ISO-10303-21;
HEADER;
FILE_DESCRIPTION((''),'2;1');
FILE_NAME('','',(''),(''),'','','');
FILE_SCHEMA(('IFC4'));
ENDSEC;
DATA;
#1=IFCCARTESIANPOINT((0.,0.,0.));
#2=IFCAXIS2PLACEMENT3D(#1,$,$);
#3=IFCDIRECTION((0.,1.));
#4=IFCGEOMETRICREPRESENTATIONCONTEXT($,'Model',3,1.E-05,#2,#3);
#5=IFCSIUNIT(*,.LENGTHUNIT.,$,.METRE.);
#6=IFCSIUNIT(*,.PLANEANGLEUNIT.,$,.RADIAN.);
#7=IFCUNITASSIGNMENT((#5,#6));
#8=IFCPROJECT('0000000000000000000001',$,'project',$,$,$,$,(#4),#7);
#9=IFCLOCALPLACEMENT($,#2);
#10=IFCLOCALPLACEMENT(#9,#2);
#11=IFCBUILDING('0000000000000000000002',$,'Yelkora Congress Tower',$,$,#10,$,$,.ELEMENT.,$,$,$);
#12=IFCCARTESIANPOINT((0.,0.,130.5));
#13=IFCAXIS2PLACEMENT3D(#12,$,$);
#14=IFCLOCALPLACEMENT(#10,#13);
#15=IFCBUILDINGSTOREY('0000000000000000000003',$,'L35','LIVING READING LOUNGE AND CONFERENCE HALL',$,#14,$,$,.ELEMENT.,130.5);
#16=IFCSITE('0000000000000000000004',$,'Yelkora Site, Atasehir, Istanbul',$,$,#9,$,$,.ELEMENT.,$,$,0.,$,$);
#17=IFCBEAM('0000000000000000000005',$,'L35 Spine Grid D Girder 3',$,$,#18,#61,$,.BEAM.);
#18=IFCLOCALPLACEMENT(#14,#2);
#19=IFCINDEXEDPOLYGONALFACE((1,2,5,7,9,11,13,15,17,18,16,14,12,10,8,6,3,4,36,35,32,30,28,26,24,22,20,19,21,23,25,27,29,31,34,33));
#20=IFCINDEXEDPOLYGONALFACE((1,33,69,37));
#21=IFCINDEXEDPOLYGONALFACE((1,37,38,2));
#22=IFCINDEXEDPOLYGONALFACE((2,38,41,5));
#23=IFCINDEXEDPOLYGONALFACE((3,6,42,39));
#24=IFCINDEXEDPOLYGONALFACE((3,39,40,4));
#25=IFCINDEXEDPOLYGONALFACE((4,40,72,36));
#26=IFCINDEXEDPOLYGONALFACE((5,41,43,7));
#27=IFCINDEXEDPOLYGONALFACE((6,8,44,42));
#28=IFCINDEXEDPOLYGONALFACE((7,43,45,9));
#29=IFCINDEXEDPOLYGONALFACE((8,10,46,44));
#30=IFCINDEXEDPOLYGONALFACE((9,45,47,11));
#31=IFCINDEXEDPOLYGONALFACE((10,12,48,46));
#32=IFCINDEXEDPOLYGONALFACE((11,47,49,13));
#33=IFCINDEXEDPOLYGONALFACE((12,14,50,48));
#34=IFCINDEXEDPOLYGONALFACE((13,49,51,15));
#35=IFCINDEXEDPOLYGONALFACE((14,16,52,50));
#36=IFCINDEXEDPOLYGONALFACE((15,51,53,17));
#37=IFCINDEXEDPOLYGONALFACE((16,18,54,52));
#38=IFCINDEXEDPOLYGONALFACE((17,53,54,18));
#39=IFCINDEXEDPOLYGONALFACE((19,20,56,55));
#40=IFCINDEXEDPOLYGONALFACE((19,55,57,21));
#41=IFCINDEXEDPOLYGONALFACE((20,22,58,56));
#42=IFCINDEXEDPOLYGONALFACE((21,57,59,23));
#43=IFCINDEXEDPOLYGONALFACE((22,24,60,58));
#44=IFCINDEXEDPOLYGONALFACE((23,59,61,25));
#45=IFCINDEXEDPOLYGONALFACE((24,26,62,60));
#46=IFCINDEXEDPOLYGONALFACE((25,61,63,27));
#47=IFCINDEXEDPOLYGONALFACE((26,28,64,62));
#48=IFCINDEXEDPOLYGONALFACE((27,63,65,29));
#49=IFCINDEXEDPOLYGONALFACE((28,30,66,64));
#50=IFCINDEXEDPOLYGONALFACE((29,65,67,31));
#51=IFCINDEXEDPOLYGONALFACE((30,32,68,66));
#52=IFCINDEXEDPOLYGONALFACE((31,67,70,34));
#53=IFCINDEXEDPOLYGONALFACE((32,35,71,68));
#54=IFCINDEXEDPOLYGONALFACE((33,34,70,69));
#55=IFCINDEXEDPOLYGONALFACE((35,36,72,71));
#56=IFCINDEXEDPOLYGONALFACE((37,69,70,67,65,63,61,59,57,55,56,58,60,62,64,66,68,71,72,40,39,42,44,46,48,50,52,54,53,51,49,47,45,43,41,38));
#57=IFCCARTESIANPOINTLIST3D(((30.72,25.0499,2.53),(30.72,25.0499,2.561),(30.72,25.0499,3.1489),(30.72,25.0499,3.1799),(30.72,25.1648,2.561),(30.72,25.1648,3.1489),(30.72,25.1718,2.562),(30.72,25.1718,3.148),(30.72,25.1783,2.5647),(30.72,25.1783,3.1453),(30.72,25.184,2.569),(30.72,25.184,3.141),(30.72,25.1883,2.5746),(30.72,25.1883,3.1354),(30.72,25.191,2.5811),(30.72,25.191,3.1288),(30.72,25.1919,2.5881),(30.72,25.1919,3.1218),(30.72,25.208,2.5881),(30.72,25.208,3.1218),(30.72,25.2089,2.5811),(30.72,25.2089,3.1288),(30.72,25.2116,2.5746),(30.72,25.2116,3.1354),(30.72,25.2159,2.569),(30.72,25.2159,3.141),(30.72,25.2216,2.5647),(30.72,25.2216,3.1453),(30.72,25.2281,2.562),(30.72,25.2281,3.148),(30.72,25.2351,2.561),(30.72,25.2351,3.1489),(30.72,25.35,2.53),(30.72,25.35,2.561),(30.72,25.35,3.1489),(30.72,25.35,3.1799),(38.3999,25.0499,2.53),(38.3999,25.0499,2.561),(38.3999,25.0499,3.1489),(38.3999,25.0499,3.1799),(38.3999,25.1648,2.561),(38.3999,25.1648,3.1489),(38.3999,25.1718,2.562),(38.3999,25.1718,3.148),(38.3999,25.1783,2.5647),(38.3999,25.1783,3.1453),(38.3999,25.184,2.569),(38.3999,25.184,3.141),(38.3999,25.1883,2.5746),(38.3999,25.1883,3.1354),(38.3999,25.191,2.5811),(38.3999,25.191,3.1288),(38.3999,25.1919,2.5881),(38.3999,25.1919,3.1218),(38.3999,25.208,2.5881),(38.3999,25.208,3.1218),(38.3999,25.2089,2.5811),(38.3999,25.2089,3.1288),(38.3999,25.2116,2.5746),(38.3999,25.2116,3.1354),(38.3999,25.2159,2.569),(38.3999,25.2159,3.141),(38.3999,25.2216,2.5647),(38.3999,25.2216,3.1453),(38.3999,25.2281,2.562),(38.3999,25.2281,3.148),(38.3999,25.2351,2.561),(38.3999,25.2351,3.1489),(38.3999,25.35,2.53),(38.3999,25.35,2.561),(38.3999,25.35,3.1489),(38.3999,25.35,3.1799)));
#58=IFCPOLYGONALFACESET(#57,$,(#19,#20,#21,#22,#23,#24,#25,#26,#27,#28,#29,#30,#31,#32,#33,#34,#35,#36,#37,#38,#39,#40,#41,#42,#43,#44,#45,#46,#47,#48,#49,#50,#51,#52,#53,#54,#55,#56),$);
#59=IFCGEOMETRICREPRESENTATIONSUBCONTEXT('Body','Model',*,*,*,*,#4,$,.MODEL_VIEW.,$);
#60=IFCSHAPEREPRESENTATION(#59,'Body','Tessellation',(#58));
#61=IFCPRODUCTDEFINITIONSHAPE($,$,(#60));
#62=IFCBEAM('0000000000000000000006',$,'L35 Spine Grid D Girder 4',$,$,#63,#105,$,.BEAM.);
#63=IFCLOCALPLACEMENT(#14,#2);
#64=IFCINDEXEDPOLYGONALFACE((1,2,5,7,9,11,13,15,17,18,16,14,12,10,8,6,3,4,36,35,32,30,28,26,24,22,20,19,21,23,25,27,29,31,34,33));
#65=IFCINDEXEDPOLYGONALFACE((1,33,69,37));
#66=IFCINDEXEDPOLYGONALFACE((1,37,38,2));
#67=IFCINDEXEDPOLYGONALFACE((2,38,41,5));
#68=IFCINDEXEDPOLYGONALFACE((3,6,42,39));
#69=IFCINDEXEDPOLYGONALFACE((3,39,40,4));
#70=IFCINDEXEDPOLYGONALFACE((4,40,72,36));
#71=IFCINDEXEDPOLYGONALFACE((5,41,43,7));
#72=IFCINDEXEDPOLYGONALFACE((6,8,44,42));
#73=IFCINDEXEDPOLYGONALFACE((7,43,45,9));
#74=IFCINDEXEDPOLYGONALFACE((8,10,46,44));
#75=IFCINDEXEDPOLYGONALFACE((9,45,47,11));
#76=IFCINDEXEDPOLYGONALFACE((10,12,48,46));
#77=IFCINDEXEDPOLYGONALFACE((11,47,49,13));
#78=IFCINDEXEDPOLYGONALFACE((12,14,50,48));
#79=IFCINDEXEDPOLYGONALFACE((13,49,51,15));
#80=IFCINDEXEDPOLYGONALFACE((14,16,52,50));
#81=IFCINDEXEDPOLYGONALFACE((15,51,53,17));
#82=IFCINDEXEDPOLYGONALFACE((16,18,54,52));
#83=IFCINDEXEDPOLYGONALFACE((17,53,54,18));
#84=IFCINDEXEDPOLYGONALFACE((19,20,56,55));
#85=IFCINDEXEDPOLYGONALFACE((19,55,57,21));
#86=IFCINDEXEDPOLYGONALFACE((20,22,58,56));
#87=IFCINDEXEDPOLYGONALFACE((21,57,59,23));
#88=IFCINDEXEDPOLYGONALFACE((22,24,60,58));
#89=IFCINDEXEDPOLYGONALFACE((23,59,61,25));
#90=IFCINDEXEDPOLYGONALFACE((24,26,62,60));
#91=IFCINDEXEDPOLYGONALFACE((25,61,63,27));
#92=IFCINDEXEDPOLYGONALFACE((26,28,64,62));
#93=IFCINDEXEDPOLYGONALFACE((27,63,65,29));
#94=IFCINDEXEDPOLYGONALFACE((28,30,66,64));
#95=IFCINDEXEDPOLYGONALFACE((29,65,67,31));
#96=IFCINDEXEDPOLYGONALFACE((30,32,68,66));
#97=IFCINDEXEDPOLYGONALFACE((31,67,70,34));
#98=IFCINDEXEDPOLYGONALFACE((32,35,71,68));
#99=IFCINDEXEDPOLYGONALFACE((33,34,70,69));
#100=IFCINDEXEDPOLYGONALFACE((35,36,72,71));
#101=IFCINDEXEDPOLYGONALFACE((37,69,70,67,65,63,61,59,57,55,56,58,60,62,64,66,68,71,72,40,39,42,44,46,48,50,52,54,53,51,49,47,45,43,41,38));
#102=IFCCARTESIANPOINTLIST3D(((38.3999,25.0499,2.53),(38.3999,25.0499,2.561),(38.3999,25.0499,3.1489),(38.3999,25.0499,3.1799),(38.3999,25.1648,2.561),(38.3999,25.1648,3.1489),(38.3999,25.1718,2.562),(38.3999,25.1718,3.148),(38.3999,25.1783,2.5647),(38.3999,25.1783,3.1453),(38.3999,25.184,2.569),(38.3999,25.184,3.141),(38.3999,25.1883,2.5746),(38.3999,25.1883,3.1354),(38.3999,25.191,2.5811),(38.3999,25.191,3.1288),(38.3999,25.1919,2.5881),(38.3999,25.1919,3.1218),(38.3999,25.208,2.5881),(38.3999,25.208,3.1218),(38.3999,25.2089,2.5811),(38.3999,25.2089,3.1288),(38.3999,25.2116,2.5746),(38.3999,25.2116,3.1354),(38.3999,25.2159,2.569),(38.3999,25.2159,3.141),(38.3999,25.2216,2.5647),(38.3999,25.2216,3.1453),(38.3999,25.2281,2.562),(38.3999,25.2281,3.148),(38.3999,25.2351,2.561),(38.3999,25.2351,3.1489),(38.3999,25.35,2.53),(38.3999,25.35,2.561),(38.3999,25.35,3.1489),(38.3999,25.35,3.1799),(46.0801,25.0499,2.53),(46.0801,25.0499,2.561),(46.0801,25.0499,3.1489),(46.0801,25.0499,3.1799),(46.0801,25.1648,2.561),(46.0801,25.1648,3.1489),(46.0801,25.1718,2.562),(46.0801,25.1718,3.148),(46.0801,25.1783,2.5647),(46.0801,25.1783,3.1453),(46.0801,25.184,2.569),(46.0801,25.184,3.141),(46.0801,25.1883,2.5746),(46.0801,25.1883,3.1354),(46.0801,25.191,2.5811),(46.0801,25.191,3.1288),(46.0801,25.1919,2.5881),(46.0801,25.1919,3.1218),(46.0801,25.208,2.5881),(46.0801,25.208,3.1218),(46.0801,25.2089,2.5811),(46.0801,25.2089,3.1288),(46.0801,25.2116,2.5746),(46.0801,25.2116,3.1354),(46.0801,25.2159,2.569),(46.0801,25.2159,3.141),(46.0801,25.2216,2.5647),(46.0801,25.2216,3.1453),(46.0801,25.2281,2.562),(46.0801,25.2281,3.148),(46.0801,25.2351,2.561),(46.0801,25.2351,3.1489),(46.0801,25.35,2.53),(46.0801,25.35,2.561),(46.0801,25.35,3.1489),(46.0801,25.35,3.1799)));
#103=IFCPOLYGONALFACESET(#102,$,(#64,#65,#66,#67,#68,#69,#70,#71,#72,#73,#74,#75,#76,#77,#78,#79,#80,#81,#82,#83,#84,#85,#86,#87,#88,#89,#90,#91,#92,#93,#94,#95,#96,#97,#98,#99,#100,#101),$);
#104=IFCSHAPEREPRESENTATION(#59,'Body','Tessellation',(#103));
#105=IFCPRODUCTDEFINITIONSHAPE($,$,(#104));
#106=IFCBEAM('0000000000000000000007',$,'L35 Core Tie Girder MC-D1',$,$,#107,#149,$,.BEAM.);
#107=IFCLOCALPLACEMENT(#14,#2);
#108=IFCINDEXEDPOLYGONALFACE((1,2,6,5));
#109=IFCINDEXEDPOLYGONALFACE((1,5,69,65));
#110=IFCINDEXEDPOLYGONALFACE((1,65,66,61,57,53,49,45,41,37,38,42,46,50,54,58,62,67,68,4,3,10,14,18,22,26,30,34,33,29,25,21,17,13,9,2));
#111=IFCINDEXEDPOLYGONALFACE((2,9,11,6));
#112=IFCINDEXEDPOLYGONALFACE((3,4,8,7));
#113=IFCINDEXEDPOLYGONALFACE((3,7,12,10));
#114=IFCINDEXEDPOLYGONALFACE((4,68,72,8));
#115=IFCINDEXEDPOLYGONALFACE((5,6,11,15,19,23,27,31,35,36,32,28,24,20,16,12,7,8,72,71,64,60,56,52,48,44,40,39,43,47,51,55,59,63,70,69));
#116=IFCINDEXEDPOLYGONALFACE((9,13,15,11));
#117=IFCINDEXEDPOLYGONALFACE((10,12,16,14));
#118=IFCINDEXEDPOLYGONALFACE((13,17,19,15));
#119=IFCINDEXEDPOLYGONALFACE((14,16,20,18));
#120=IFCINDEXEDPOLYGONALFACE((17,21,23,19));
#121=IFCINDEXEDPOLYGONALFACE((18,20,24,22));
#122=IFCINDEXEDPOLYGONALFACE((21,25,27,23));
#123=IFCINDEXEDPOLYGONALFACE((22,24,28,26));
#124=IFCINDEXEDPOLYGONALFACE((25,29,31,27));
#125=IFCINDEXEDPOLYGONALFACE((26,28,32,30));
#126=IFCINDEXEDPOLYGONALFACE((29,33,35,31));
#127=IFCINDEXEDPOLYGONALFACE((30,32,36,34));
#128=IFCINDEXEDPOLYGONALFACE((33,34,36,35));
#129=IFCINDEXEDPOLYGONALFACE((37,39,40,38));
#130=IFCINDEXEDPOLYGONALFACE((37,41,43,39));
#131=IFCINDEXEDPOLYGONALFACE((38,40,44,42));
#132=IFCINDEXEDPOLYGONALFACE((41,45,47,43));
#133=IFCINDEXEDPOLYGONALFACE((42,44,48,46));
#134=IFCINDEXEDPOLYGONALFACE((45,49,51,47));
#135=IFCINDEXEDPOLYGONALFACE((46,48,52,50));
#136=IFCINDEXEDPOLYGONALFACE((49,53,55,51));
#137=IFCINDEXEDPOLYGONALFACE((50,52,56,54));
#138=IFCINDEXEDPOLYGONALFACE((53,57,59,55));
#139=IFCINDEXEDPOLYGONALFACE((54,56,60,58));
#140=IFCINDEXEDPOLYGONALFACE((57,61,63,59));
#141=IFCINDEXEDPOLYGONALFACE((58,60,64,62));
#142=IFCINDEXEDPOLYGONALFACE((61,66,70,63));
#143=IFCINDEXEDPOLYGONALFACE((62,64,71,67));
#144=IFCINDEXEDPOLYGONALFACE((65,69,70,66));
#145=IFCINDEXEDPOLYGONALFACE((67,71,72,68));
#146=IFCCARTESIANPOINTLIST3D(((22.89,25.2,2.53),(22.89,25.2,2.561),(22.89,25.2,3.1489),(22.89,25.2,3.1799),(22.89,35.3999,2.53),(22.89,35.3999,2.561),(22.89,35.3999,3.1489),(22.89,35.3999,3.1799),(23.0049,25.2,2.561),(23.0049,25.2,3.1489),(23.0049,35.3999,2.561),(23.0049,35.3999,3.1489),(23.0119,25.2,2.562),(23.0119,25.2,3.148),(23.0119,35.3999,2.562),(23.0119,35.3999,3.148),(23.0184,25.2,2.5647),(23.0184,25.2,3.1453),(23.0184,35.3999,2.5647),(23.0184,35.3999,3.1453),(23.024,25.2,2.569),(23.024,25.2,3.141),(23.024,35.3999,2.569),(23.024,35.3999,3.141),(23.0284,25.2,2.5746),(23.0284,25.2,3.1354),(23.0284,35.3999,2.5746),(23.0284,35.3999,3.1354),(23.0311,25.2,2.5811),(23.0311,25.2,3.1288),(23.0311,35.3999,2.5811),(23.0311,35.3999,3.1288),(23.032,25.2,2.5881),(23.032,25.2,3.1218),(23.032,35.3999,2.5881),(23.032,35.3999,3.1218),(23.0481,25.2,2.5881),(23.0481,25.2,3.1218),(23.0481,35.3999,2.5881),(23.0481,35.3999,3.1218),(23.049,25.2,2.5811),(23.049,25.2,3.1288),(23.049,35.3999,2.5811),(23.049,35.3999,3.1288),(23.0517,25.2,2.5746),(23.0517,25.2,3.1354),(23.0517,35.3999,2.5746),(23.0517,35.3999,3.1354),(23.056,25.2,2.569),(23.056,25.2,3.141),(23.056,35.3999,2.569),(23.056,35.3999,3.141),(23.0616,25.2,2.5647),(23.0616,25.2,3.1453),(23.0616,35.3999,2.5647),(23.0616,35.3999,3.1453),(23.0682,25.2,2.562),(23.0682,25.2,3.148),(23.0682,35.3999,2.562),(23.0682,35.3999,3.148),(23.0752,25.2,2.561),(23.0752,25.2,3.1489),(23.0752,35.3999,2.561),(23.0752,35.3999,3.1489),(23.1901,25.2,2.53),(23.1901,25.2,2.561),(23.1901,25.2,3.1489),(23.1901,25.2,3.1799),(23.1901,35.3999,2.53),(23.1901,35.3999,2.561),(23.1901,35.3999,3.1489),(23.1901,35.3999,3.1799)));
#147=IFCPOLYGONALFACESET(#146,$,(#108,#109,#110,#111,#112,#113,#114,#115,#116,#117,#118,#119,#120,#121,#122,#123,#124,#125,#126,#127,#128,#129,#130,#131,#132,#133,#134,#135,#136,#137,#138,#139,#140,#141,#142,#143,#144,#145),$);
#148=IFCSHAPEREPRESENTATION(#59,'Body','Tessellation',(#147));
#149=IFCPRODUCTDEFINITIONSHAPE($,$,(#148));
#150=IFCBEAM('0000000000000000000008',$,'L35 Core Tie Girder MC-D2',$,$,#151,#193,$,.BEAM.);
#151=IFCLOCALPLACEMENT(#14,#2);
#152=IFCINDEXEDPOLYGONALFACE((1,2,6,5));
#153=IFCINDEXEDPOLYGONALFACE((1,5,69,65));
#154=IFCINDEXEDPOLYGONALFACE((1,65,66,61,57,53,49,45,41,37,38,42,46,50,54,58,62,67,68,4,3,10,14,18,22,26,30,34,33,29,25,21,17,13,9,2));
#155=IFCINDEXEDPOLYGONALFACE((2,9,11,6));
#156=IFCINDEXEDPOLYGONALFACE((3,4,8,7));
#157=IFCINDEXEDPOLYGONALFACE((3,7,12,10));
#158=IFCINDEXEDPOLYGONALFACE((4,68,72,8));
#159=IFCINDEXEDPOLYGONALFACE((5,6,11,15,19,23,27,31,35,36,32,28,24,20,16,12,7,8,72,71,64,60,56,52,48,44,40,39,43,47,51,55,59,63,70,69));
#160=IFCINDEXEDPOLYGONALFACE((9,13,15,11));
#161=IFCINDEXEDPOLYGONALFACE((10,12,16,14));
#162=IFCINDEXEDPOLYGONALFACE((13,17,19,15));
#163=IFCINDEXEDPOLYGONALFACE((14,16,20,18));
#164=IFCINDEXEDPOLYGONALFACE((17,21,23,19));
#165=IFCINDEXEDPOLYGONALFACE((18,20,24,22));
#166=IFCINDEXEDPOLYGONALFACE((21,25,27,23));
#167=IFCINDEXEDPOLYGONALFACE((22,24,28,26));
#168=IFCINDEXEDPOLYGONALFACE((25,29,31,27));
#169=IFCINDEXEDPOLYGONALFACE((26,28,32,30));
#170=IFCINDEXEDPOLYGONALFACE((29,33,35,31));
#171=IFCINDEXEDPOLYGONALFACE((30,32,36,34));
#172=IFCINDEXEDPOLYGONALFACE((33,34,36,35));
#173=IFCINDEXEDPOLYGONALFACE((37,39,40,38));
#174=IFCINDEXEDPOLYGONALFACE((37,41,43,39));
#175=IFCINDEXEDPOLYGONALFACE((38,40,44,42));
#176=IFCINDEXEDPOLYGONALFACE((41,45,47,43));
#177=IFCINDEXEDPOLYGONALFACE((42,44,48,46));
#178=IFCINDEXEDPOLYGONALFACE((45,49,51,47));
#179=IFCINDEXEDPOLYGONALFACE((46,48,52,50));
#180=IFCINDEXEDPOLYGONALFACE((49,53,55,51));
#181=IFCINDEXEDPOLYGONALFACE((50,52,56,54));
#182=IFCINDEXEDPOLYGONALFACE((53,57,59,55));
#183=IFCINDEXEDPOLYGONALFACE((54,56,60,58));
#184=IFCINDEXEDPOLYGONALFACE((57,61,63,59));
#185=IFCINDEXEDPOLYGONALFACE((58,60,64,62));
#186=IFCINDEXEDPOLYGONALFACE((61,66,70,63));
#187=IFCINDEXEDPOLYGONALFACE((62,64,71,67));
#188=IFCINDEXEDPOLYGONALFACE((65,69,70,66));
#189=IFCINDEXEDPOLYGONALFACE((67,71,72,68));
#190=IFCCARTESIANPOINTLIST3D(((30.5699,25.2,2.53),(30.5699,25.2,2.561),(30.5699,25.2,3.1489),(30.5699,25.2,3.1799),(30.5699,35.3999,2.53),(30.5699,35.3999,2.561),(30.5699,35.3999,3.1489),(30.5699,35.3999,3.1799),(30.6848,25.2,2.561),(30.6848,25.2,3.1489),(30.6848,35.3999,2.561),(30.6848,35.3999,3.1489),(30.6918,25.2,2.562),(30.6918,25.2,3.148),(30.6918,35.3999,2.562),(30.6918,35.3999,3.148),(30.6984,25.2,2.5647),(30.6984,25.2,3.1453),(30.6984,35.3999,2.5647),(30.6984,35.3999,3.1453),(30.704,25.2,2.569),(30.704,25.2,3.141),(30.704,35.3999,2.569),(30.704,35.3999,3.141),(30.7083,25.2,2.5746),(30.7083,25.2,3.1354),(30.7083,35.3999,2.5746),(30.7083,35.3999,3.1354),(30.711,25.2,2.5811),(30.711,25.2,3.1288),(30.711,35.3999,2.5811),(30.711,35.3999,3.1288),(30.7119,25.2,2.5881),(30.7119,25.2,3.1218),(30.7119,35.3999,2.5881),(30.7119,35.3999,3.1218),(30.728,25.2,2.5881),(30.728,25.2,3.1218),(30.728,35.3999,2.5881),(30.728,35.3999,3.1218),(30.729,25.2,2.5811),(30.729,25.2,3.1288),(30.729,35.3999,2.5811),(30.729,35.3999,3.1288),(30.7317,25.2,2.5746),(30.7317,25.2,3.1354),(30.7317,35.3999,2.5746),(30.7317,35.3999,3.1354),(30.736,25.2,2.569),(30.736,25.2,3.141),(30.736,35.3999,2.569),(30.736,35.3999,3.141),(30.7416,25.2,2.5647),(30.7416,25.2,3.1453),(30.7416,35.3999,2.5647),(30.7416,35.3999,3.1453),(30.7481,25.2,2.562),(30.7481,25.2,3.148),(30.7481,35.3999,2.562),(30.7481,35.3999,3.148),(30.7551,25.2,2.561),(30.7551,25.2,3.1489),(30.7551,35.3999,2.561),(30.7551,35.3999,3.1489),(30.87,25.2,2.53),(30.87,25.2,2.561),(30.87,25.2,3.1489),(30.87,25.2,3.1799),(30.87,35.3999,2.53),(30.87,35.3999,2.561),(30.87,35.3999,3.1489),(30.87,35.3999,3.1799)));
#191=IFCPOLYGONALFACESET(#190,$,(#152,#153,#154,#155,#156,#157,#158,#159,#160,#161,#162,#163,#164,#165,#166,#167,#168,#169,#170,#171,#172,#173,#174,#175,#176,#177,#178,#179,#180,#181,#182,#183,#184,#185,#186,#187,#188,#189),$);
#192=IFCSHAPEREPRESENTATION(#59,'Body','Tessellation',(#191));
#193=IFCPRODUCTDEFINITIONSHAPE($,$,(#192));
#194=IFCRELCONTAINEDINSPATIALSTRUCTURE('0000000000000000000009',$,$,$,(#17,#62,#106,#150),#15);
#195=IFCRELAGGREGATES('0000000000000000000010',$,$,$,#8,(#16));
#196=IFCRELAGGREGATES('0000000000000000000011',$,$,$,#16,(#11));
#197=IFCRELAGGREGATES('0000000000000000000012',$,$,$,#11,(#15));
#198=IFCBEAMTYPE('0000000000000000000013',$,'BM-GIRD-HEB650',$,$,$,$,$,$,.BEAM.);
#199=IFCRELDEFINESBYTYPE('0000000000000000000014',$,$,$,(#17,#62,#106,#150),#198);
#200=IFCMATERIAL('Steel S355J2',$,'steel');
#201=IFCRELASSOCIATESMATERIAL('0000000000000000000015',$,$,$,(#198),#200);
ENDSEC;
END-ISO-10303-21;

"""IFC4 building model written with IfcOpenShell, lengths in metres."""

from ifc_helpers import new_model, si_unit, direction, frame, origin, origin_2d, place, context, subcontext, project, spatial, i_section, extrude, material, material_profile, profile_set, type_object, element, save


model = new_model("IFC4")

# Units and contexts
model_context = context("Model", 3, precision=1e-05, world=origin(), true_north=direction((0.0, 1.0)))
body_context = subcontext(model_context, "Body", "Model", "MODEL_VIEW")
ifc_project = project(units=[si_unit("LENGTHUNIT", "METRE"), si_unit("PLANEANGLEUNIT", "RADIAN")], contexts=[model_context])

# Site, building, storey
site_placement = place(None, origin())
site = spatial("IfcSite", under=ifc_project, at=site_placement, Name="Yelkora Site, Atasehir, Istanbul", CompositionType="ELEMENT", RefElevation=0.0)
building_placement = place(site_placement, origin())
building = spatial("IfcBuilding", under=site, at=building_placement, Name="Yelkora Congress Tower", CompositionType="ELEMENT")
storey_placement = place(building_placement, frame((0.0, 0.0, 130.5)))
storey = spatial("IfcBuildingStorey", under=building, at=storey_placement, Name="L35", Description="LIVING READING LOUNGE AND CONFERENCE HALL", CompositionType="ELEMENT", Elevation=130.5)

# Beams
ifc_material_1 = material(Name="Steel S355J2", Category="steel")
ifc_material_profile_1 = material_profile(ifc_material_1, i_section(OverallWidth=0.3, OverallDepth=0.6499, WebThickness=0.0161, FlangeThickness=0.031, FilletRadius=0.0271, at=origin_2d()), Name="HEB 650")
ifc_profile_set_1 = profile_set([ifc_material_profile_1], Name="Steel S355J2")
beam_type_1 = type_object("IfcBeamType", Name="BM-GIRD-HEB650", PredefinedType="BEAM", material=ifc_profile_set_1)
for number, where, z_axis, x_axis, name in (
    (1, (30.72, 25.2, 2.855), (1.0, 0.0, 0.0), (0.0, 1.0, 0.0), "L35 Spine Grid D Girder 3"),
):
    element("IfcBeam", number, at=place(storey_placement, frame(where, z_axis=z_axis, x_axis=x_axis)), inside=storey, type_object=beam_type_1, Name=name, PredefinedType="BEAM", context=body_context, shape_type="SweptSolid", body=[
        extrude(i_section(OverallWidth=0.3, OverallDepth=0.6499, WebThickness=0.0161, FlangeThickness=0.031, FilletRadius=0.0271, at=origin_2d()), origin(), (0.0, 0.0, 1.0), 7.6799),
    ])
beam_1_placement = place(storey_placement, frame((38.3999, 25.2, 2.855), z_axis=(1.0, 0.0, 0.0), x_axis=(0.0, 1.0, 0.0)))
element("IfcBeam", 2, at=beam_1_placement, inside=storey, type_object=beam_type_1, Name="L35 Spine Grid D Girder 4", PredefinedType="BEAM", context=body_context, shape_type="SweptSolid", body=[
    extrude(i_section(OverallWidth=0.3, OverallDepth=0.6499, WebThickness=0.0161, FlangeThickness=0.031, FilletRadius=0.0271, at=origin_2d()), origin(), (0.0, 0.0, 1.0), 7.6802),
])
for number, where, z_axis, x_axis, name in (
    (3, (23.04, 25.2, 2.855), (0.0, 1.0, 0.0), (-1.0, 0.0, 0.0), "L35 Core Tie Girder MC-D1"),
    (4, (30.72, 25.2, 2.855), (0.0, 1.0, 0.0), (-1.0, 0.0, 0.0), "L35 Core Tie Girder MC-D2"),
):
    element("IfcBeam", number, at=place(storey_placement, frame(where, z_axis=z_axis, x_axis=x_axis)), inside=storey, type_object=beam_type_1, Name=name, PredefinedType="BEAM", context=body_context, shape_type="SweptSolid", body=[
        extrude(i_section(OverallWidth=0.3, OverallDepth=0.6499, WebThickness=0.0161, FlangeThickness=0.031, FilletRadius=0.0271, at=origin_2d()), origin(), (0.0, 0.0, 1.0), 10.2),
    ])

save(model, "model.ifc")
